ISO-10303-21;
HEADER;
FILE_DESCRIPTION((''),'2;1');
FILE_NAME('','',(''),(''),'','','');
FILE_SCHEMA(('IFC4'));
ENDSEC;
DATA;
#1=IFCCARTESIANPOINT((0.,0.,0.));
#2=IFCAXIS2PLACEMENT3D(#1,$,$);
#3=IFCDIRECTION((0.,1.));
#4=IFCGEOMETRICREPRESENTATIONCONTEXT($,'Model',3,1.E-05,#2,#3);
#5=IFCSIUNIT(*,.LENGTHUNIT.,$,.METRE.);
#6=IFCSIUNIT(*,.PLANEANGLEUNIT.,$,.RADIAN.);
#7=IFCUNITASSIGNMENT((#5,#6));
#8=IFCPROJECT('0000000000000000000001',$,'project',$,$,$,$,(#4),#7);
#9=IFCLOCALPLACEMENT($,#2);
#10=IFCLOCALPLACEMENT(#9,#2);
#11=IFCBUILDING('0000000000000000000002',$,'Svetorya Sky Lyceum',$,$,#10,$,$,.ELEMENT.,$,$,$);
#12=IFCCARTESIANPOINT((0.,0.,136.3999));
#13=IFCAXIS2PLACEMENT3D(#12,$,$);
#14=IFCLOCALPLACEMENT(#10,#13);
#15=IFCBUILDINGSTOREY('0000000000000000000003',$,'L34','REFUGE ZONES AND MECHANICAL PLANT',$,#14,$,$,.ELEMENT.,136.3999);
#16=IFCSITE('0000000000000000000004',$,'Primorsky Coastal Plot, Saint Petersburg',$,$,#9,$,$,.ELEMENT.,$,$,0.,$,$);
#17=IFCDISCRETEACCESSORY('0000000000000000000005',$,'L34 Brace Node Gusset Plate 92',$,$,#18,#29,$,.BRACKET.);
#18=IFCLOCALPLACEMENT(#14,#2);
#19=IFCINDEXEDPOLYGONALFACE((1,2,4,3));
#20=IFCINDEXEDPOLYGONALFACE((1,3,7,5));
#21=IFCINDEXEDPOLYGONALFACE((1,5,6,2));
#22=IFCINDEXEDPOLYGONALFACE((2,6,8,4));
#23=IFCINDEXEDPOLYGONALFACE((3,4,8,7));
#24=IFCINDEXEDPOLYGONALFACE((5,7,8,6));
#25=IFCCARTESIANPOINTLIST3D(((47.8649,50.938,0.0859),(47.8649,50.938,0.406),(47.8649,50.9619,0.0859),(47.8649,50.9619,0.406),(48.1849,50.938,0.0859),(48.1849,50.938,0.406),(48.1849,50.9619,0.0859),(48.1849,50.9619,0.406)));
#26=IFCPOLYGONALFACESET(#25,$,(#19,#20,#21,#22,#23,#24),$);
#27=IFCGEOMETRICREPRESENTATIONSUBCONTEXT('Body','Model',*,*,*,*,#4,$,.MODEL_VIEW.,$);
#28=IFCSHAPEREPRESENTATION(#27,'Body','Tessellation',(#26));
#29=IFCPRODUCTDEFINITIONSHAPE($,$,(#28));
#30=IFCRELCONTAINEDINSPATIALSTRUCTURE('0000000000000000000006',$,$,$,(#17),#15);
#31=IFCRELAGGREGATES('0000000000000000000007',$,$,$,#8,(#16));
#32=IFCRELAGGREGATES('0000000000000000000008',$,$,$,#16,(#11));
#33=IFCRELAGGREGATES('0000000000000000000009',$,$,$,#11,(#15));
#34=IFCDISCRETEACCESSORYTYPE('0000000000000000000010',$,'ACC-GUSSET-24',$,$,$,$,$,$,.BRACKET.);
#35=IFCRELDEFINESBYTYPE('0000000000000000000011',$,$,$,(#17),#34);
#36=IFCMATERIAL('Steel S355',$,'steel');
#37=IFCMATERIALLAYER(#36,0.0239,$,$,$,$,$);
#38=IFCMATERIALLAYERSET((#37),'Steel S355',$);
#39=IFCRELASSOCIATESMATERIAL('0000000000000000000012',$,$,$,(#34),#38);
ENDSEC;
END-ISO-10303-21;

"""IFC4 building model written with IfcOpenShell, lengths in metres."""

from ifc_helpers import new_model, si_unit, direction, frame, origin, origin_2d, place, context, subcontext, project, spatial, rectangle, extrude, material, layer, layer_set, type_object, element, save


model = new_model("IFC4")

# Units and contexts
model_context = context("Model", 3, precision=1e-05, world=origin(), true_north=direction((0.0, 1.0)))
body_context = subcontext(model_context, "Body", "Model", "MODEL_VIEW")
ifc_project = project(units=[si_unit("LENGTHUNIT", "METRE"), si_unit("PLANEANGLEUNIT", "RADIAN")], contexts=[model_context])

# Site, building, storey
site_placement = place(None, origin())
site = spatial("IfcSite", under=ifc_project, at=site_placement, Name="Primorsky Coastal Plot, Saint Petersburg", CompositionType="ELEMENT", RefElevation=0.0)
building_placement = place(site_placement, origin())
building = spatial("IfcBuilding", under=site, at=building_placement, Name="Svetorya Sky Lyceum", CompositionType="ELEMENT")
storey_placement = place(building_placement, frame((0.0, 0.0, 136.3999)))
storey = spatial("IfcBuildingStorey", under=building, at=storey_placement, Name="L34", Description="REFUGE ZONES AND MECHANICAL PLANT", CompositionType="ELEMENT", Elevation=136.3999)

# Shared definitions
ifc_material_1 = material(Name="Steel S355", Category="steel")

# Discrete accessory
ifc_layer = layer(ifc_material_1, 0.0239)
ifc_layer_set = layer_set([ifc_layer], Name="Steel S355")
discrete_accessory_type = type_object("IfcDiscreteAccessoryType", Name="ACC-GUSSET-24", PredefinedType="BRACKET", material=ifc_layer_set)
for number, where, z_axis, x_axis, name in (
    (1, (48.0249, 50.95, 0.0859), (0.0, 0.0, 1.0), (1.0, 0.0, 0.0), "L34 Brace Node Gusset Plate 92"),
):
    element("IfcDiscreteAccessory", number, at=place(storey_placement, frame(where, z_axis=z_axis, x_axis=x_axis)), inside=storey, type_object=discrete_accessory_type, Name=name, PredefinedType="BRACKET", context=body_context, shape_type="SweptSolid", body=[
        extrude(rectangle(XDim=0.3201, YDim=0.0239, at=origin_2d()), origin(), (0.0, 0.0, 1.0), 0.3201),
    ])

save(model, "model.ifc")
